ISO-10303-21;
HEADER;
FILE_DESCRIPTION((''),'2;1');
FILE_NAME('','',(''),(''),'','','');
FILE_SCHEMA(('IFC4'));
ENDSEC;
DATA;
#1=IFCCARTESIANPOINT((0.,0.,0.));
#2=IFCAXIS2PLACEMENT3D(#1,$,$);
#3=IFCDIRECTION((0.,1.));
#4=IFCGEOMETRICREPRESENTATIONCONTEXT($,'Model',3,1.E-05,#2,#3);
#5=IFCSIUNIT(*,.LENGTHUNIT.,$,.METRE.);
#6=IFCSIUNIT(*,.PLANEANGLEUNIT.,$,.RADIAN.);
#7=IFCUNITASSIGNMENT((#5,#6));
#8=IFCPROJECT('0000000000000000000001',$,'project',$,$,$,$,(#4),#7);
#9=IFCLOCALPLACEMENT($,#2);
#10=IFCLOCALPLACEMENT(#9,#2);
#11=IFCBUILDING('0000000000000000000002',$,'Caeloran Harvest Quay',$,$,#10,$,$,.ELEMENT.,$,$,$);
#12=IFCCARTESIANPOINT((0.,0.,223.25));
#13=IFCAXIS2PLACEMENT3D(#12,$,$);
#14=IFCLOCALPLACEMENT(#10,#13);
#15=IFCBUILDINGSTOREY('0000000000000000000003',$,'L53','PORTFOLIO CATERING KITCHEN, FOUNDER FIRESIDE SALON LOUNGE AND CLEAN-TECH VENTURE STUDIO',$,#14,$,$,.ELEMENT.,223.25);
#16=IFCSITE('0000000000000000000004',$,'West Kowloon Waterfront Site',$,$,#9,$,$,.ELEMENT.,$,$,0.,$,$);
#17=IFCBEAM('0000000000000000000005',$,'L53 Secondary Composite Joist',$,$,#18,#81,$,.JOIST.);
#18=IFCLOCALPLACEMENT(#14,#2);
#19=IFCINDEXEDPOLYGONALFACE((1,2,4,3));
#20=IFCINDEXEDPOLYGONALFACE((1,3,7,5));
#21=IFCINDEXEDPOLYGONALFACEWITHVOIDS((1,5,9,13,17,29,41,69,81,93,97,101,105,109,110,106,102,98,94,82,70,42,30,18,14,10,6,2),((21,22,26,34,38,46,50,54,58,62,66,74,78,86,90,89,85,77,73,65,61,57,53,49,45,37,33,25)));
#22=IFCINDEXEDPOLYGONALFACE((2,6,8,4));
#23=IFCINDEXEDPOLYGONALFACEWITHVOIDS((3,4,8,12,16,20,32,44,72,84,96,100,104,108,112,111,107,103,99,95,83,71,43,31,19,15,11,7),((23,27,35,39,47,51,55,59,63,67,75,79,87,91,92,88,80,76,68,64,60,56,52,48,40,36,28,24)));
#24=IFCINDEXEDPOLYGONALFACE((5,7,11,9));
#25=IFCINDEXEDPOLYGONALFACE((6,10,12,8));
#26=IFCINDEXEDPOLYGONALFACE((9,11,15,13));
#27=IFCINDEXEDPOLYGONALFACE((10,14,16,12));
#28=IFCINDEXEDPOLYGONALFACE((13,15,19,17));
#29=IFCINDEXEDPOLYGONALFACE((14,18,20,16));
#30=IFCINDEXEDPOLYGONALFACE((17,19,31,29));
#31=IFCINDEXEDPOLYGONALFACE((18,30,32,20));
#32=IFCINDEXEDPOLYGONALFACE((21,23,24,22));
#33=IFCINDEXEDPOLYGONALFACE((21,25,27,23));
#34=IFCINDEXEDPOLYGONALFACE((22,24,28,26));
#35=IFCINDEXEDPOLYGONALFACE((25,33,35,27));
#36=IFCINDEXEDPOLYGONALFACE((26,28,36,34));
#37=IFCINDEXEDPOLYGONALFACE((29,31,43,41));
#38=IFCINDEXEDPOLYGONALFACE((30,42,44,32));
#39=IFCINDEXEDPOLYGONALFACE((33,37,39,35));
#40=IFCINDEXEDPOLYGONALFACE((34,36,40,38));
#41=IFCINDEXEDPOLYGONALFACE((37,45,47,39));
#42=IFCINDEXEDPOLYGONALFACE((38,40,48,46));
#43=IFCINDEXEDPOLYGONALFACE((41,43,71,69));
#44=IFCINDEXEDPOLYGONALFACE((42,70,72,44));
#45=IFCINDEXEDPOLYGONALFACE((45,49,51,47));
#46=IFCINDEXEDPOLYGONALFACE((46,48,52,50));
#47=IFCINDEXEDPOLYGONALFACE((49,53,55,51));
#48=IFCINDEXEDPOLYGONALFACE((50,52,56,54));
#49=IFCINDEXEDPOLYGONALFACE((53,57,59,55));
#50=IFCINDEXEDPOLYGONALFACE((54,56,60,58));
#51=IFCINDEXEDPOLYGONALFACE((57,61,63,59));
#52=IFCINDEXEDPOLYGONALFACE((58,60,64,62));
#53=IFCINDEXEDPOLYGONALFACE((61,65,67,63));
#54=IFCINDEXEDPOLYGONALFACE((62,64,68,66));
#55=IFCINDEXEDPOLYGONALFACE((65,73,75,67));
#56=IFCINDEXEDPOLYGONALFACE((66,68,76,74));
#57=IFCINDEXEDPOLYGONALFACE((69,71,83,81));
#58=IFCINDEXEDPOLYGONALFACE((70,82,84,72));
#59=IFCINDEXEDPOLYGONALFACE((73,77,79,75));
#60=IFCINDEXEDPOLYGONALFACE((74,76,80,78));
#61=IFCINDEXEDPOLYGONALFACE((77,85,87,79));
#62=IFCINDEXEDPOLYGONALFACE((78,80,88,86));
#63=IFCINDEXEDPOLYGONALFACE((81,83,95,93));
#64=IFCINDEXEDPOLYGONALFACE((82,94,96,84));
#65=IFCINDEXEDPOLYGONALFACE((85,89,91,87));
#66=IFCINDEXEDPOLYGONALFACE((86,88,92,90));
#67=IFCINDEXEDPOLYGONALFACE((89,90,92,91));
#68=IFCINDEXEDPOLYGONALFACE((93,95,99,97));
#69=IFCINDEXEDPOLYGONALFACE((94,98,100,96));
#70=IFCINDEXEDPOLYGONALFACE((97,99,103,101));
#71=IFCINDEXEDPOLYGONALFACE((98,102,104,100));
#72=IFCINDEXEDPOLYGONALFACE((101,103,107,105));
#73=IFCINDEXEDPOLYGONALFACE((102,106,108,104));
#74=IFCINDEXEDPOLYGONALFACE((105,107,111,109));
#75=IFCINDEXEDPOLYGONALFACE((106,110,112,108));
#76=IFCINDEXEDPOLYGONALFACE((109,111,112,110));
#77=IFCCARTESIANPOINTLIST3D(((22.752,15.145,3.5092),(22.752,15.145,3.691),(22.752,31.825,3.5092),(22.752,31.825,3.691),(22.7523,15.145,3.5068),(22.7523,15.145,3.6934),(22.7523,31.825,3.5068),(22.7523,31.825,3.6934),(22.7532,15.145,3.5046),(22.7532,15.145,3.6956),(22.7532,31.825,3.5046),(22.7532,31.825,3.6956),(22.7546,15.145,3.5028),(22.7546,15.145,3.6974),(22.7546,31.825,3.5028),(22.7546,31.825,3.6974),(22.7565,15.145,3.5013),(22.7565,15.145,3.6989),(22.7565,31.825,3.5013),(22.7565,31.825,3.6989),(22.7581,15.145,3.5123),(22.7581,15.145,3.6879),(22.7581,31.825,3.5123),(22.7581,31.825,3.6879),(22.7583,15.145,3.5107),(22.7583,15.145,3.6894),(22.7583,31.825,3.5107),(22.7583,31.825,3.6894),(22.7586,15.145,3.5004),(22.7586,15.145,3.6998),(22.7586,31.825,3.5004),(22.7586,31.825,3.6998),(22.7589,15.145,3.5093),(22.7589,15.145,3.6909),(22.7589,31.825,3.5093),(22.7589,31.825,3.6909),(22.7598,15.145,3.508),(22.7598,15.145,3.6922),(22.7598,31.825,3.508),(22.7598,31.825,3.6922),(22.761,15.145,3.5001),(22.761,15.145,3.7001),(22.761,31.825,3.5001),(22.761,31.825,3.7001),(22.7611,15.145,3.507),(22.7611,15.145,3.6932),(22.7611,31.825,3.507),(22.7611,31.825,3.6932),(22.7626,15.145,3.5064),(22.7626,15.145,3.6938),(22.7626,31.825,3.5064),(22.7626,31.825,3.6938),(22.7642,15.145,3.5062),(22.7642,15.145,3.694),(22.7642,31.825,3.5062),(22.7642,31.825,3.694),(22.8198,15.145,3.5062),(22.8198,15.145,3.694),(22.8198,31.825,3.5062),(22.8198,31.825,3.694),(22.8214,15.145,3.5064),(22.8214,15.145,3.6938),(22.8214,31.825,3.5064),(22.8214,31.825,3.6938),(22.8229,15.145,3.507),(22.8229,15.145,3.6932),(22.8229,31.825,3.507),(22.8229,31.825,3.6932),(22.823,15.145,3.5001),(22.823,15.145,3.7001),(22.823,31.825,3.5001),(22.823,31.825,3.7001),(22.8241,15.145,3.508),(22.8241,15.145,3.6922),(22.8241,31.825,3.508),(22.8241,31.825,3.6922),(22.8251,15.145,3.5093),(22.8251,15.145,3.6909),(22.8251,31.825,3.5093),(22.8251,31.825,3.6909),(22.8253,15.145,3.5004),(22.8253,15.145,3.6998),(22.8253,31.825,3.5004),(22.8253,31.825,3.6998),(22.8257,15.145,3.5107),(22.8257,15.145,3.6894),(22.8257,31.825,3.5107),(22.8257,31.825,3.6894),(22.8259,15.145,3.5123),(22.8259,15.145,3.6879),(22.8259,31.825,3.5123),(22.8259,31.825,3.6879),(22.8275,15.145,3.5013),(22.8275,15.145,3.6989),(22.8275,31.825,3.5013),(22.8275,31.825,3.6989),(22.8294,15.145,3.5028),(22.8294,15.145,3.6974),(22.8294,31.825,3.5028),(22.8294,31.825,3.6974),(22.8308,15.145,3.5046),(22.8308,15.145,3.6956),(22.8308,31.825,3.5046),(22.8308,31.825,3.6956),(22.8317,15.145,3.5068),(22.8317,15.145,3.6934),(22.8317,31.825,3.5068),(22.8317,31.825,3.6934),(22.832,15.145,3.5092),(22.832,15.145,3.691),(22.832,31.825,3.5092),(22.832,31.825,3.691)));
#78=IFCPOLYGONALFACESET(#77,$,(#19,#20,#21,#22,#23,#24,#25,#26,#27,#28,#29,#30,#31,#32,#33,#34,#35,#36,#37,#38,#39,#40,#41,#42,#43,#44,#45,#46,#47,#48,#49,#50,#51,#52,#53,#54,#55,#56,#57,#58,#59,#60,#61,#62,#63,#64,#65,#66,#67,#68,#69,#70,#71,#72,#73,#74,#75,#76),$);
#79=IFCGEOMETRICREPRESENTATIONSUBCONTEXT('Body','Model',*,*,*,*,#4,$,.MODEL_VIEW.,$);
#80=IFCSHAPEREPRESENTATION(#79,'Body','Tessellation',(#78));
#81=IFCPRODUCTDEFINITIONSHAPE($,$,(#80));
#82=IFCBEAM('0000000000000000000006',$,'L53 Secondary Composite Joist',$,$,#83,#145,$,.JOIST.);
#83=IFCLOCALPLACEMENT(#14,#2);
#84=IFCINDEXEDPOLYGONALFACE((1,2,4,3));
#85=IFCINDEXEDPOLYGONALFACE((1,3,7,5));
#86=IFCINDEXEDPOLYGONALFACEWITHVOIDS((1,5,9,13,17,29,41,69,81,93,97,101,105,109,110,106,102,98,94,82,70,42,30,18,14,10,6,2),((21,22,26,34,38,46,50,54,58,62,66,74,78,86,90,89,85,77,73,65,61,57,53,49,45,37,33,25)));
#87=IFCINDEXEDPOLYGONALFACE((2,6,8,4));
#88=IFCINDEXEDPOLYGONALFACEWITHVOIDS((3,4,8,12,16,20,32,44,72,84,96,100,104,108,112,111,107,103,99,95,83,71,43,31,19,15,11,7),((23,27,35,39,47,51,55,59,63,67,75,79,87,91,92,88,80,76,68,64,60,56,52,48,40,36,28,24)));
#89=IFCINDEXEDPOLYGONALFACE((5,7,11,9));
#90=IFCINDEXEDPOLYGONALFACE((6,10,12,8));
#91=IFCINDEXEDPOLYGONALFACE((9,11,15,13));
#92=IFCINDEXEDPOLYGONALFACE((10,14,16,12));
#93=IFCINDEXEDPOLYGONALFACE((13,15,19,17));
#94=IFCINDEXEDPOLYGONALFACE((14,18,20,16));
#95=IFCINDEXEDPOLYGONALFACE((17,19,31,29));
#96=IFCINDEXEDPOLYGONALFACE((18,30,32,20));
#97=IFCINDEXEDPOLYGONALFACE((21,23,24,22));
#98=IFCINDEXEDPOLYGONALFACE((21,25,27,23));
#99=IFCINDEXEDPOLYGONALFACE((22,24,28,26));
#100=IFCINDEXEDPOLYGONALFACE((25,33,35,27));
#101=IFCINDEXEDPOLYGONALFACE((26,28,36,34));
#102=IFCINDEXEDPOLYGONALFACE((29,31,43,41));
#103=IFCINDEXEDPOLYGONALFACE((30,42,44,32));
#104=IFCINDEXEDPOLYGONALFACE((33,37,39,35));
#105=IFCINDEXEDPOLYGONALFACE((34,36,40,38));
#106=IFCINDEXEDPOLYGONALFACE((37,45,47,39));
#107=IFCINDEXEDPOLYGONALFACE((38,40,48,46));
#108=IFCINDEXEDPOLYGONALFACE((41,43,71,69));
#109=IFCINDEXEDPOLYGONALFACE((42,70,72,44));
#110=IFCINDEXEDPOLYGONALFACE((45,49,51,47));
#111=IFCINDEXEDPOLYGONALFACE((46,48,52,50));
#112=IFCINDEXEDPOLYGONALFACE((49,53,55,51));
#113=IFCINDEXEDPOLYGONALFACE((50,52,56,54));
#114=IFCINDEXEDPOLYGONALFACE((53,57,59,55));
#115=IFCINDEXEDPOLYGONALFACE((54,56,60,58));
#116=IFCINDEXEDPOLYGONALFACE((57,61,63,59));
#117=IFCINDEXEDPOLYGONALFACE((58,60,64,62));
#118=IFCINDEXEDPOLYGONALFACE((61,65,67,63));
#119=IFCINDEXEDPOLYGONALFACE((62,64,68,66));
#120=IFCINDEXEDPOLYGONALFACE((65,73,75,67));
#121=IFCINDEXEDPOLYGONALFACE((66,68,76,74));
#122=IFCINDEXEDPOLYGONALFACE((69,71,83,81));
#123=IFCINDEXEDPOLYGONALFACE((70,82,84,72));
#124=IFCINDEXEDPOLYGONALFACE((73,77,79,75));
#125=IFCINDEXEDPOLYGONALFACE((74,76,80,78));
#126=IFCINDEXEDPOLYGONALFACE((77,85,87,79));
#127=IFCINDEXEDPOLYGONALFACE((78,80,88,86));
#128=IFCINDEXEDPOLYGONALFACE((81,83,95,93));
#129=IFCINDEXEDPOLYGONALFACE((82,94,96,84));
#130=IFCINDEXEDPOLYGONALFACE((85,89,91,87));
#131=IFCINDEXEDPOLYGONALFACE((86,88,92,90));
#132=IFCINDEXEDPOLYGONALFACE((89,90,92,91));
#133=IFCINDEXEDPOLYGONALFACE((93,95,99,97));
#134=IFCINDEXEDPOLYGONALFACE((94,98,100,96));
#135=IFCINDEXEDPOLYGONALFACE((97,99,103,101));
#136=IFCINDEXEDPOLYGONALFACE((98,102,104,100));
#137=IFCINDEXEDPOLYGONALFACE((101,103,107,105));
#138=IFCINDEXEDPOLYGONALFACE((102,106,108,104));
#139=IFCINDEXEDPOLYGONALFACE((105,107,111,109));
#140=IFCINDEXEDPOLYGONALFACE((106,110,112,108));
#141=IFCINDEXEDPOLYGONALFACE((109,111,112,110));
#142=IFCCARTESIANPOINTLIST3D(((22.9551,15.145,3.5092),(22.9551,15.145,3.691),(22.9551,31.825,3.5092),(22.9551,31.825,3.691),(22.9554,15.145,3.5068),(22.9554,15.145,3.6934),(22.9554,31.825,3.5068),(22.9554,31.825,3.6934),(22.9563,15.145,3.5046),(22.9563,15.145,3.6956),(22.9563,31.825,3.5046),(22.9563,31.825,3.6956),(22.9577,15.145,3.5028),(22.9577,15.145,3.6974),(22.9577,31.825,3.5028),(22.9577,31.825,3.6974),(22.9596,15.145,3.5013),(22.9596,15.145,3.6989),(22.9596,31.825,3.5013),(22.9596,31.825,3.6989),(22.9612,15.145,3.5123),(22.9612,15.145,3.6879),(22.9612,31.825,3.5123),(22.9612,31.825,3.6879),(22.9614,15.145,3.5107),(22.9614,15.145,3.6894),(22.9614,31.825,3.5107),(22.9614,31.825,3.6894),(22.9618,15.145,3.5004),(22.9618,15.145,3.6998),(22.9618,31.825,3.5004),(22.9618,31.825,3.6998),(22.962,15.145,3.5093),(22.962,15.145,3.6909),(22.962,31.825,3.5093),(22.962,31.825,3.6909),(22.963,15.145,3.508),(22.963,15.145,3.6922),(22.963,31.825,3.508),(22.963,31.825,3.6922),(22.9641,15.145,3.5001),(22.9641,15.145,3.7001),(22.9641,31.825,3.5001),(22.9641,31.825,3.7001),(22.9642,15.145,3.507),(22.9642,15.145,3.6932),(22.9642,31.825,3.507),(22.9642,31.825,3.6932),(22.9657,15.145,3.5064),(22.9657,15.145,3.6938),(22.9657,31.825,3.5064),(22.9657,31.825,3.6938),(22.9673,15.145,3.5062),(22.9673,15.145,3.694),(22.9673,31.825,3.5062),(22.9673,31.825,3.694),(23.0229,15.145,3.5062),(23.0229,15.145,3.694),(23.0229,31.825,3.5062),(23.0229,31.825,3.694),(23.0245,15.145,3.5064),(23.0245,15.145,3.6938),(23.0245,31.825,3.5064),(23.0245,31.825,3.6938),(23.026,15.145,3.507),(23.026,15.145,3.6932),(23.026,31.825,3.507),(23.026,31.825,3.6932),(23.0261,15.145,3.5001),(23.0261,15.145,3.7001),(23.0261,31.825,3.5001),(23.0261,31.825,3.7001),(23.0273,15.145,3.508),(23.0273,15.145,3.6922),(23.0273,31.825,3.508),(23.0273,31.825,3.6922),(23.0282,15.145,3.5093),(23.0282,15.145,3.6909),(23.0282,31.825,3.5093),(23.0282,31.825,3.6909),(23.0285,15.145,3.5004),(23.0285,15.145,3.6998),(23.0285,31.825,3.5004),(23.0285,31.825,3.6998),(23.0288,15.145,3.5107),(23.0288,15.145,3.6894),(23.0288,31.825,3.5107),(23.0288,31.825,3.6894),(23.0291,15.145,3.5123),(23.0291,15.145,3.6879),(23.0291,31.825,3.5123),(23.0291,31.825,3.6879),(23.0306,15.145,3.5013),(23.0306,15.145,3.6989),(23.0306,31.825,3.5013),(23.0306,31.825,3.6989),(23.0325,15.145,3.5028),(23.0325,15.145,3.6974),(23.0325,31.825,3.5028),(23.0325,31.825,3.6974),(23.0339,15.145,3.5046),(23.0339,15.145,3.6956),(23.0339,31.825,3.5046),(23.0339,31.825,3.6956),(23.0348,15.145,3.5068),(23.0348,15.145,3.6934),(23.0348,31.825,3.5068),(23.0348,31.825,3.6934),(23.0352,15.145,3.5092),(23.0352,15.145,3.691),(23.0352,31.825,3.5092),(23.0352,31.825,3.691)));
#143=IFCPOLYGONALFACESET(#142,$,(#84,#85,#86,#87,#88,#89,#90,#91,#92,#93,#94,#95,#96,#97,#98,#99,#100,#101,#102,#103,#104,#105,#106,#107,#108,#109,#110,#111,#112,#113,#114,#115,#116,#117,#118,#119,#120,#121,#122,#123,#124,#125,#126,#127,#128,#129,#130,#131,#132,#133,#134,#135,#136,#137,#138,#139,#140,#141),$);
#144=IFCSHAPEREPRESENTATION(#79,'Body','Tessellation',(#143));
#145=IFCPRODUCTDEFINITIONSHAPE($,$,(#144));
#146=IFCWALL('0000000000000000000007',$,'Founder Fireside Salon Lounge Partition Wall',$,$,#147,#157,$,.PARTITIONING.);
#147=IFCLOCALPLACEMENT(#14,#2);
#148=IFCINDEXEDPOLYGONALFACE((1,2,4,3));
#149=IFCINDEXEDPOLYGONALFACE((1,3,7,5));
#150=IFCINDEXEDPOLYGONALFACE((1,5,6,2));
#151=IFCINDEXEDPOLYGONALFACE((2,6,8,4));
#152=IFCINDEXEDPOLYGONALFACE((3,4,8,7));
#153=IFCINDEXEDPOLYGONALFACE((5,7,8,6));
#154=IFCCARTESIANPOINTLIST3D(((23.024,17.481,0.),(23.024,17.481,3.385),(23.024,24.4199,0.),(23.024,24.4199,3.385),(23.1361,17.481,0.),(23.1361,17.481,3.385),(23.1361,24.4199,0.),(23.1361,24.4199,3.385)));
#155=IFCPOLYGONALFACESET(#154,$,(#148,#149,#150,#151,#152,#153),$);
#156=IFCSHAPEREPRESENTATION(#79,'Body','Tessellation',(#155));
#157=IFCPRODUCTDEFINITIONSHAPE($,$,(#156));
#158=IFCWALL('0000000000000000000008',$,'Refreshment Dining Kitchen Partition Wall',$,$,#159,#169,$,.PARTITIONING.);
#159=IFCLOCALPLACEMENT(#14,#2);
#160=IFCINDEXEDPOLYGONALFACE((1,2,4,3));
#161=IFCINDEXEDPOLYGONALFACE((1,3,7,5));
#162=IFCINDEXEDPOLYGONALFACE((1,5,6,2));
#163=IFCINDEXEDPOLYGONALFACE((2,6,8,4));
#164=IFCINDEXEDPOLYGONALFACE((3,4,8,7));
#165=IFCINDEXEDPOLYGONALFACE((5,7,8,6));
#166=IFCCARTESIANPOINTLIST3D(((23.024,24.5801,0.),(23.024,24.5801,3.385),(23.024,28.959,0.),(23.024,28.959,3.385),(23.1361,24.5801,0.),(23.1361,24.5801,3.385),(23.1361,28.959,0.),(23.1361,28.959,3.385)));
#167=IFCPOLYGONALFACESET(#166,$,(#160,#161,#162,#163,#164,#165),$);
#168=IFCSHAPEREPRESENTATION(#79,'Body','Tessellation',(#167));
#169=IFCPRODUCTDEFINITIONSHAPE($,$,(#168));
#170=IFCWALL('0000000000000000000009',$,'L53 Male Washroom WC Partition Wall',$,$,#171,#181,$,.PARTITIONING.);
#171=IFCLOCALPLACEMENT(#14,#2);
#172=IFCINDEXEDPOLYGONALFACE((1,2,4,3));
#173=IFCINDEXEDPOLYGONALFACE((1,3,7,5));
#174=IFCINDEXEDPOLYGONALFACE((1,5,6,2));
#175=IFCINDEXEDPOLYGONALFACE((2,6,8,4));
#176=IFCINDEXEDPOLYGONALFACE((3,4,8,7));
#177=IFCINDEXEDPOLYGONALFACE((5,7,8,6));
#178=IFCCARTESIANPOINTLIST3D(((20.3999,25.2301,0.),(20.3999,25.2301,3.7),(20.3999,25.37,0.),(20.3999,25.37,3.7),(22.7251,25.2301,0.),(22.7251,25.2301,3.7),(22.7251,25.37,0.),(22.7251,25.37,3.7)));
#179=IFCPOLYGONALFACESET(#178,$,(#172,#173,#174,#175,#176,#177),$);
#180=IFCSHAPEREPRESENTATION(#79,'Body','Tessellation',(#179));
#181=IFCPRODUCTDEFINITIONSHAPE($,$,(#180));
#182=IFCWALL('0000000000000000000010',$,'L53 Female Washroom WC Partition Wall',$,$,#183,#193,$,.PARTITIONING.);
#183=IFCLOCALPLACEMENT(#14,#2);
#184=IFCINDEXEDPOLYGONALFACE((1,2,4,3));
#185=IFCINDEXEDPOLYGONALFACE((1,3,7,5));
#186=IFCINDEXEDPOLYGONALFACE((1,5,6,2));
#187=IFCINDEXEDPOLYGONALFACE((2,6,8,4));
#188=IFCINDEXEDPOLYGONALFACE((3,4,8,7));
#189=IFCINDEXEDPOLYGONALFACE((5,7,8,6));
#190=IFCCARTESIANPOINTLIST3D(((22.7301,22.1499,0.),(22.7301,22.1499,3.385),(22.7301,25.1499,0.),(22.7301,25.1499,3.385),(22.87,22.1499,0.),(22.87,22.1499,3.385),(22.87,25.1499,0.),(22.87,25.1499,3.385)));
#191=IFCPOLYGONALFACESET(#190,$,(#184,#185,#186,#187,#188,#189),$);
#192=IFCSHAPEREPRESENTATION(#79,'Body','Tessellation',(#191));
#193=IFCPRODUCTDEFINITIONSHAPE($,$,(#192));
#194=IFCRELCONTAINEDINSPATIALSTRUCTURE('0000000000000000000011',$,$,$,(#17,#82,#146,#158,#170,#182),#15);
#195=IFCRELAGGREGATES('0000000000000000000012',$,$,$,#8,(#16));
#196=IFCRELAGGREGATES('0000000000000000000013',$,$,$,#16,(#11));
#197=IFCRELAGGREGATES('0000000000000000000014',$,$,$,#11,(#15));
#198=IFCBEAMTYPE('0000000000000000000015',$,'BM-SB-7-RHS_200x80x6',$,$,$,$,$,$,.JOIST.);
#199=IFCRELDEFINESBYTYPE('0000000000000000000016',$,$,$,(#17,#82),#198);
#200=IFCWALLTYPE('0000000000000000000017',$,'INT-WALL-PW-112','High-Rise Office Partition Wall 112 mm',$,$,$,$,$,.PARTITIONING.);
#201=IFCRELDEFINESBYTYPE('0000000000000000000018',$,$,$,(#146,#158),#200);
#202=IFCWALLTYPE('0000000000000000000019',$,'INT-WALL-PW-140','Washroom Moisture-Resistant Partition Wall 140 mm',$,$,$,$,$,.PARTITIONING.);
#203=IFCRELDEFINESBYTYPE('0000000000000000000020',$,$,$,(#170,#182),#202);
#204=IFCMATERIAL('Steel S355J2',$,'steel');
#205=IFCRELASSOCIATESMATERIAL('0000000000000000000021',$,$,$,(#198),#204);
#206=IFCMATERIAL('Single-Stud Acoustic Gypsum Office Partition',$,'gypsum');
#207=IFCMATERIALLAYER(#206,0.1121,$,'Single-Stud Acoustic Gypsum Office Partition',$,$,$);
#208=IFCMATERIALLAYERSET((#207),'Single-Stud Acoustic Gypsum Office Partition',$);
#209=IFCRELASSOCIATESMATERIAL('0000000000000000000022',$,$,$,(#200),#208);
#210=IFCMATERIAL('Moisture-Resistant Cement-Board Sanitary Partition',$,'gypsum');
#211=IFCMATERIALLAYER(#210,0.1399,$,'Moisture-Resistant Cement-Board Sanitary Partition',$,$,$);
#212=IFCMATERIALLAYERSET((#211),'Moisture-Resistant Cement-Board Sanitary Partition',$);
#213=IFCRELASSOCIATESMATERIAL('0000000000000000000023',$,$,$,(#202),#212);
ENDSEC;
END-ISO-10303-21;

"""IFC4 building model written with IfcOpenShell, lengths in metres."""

from ifc_helpers import new_model, si_unit, direction, frame, frame_2d, origin, origin_2d, place, context, subcontext, project, spatial, rectangle, hollow_rectangle, extrude, material, layer, layer_set, material_profile, profile_set, type_object, element, save


model = new_model("IFC4")

# Units and contexts
model_context = context("Model", 3, precision=1e-05, world=origin(), true_north=direction((0.0, 1.0)))
body_context = subcontext(model_context, "Body", "Model", "MODEL_VIEW")
ifc_project = project(units=[si_unit("LENGTHUNIT", "METRE"), si_unit("PLANEANGLEUNIT", "RADIAN")], contexts=[model_context])

# Site, building, storey
site_placement = place(None, origin())
site = spatial("IfcSite", under=ifc_project, at=site_placement, Name="West Kowloon Waterfront Site", CompositionType="ELEMENT", RefElevation=0.0)
building_placement = place(site_placement, origin())
building = spatial("IfcBuilding", under=site, at=building_placement, Name="Caeloran Harvest Quay", CompositionType="ELEMENT")
storey_placement = place(building_placement, frame((0.0, 0.0, 223.25)))
storey = spatial("IfcBuildingStorey", under=building, at=storey_placement, Name="L53", Description="PORTFOLIO CATERING KITCHEN, FOUNDER FIRESIDE SALON LOUNGE AND CLEAN-TECH VENTURE STUDIO", CompositionType="ELEMENT", Elevation=223.25)

# Beams
ifc_material_1 = material(Name="Steel S355J2", Category="steel")
ifc_material_profile_1 = material_profile(ifc_material_1, hollow_rectangle(XDim=0.0801, YDim=0.2, WallThickness=0.0061, InnerFilletRadius=0.0061, OuterFilletRadius=0.009, at=origin_2d()), Name="RHS 200x80x6")
ifc_profile_set_1 = profile_set([ifc_material_profile_1], Name="Steel S355J2")
beam_type_1 = type_object("IfcBeamType", Name="BM-SB-7-RHS_200x80x6", PredefinedType="JOIST", material=ifc_profile_set_1)
for number, where, z_axis, x_axis, name in (
    (1, (22.792, 15.145, 3.6001), (0.0, 1.0, 0.0), (-1.0, 0.0, 0.0), "L53 Secondary Composite Joist"),
    (2, (22.9951, 15.145, 3.6001), (0.0, 1.0, 0.0), (-1.0, 0.0, 0.0), "L53 Secondary Composite Joist"),
):
    element("IfcBeam", number, at=place(storey_placement, frame(where, z_axis=z_axis, x_axis=x_axis)), inside=storey, type_object=beam_type_1, Name=name, PredefinedType="JOIST", context=body_context, shape_type="SweptSolid", body=[
        extrude(hollow_rectangle(XDim=0.0801, YDim=0.2, WallThickness=0.0061, InnerFilletRadius=0.0061, OuterFilletRadius=0.009, at=origin_2d()), origin(), (0.0, 0.0, 1.0), 16.6799),
    ])

# Walls
ifc_material_2 = material(Name="Single-Stud Acoustic Gypsum Office Partition", Category="gypsum")
ifc_layer_1 = layer(ifc_material_2, 0.1121, Name="Single-Stud Acoustic Gypsum Office Partition")
ifc_layer_set_1 = layer_set([ifc_layer_1], Name="Single-Stud Acoustic Gypsum Office Partition")
wall_type_1 = type_object("IfcWallType", Name="INT-WALL-PW-112", Description="High-Rise Office Partition Wall 112 mm", PredefinedType="PARTITIONING", material=ifc_layer_set_1)
wall_1_placement = place(storey_placement, frame((23.0801, 17.481, 0.0), z_axis=(0.0, 0.0, 1.0), x_axis=(0.0, 1.0, 0.0)))
element("IfcWall", 3, at=wall_1_placement, inside=storey, type_object=wall_type_1, Name="Founder Fireside Salon Lounge Partition Wall", PredefinedType="PARTITIONING", context=body_context, shape_type="SweptSolid", body=[
    extrude(rectangle(XDim=6.939, YDim=0.1121, at=frame_2d((3.4695, 0.0))), origin(), (0.0, 0.0, 1.0), 3.385),
])
wall_2_placement = place(storey_placement, frame((23.0801, 24.5801, 0.0), z_axis=(0.0, 0.0, 1.0), x_axis=(0.0, 1.0, 0.0)))
element("IfcWall", 4, at=wall_2_placement, inside=storey, type_object=wall_type_1, Name="Refreshment Dining Kitchen Partition Wall", PredefinedType="PARTITIONING", context=body_context, shape_type="SweptSolid", body=[
    extrude(rectangle(XDim=4.3789, YDim=0.1121, at=frame_2d((2.1895, 0.0))), origin(), (0.0, 0.0, 1.0), 3.385),
])
ifc_material_3 = material(Name="Moisture-Resistant Cement-Board Sanitary Partition", Category="gypsum")
ifc_layer_2 = layer(ifc_material_3, 0.1399, Name="Moisture-Resistant Cement-Board Sanitary Partition")
ifc_layer_set_2 = layer_set([ifc_layer_2], Name="Moisture-Resistant Cement-Board Sanitary Partition")
wall_type_2 = type_object("IfcWallType", Name="INT-WALL-PW-140", Description="Washroom Moisture-Resistant Partition Wall 140 mm", PredefinedType="PARTITIONING", material=ifc_layer_set_2)
wall_3_placement = place(storey_placement, frame((22.7251, 25.3, 0.0), z_axis=(0.0, 0.0, 1.0), x_axis=(-1.0, 0.0, 0.0)))
element("IfcWall", 5, at=wall_3_placement, inside=storey, type_object=wall_type_2, Name="L53 Male Washroom WC Partition Wall", PredefinedType="PARTITIONING", context=body_context, shape_type="SweptSolid", body=[
    extrude(rectangle(XDim=2.3252, YDim=0.1399, at=frame_2d((1.1626, 0.0))), origin(), (0.0, 0.0, 1.0), 3.7),
])
wall_4_placement = place(storey_placement, frame((22.8, 25.1499, 0.0), z_axis=(0.0, 0.0, 1.0), x_axis=(0.0, -1.0, 0.0)))
element("IfcWall", 6, at=wall_4_placement, inside=storey, type_object=wall_type_2, Name="L53 Female Washroom WC Partition Wall", PredefinedType="PARTITIONING", context=body_context, shape_type="SweptSolid", body=[
    extrude(rectangle(XDim=3.0, YDim=0.1399, at=frame_2d((1.5, 0.0))), origin(), (0.0, 0.0, 1.0), 3.385),
])

save(model, "model.ifc")
